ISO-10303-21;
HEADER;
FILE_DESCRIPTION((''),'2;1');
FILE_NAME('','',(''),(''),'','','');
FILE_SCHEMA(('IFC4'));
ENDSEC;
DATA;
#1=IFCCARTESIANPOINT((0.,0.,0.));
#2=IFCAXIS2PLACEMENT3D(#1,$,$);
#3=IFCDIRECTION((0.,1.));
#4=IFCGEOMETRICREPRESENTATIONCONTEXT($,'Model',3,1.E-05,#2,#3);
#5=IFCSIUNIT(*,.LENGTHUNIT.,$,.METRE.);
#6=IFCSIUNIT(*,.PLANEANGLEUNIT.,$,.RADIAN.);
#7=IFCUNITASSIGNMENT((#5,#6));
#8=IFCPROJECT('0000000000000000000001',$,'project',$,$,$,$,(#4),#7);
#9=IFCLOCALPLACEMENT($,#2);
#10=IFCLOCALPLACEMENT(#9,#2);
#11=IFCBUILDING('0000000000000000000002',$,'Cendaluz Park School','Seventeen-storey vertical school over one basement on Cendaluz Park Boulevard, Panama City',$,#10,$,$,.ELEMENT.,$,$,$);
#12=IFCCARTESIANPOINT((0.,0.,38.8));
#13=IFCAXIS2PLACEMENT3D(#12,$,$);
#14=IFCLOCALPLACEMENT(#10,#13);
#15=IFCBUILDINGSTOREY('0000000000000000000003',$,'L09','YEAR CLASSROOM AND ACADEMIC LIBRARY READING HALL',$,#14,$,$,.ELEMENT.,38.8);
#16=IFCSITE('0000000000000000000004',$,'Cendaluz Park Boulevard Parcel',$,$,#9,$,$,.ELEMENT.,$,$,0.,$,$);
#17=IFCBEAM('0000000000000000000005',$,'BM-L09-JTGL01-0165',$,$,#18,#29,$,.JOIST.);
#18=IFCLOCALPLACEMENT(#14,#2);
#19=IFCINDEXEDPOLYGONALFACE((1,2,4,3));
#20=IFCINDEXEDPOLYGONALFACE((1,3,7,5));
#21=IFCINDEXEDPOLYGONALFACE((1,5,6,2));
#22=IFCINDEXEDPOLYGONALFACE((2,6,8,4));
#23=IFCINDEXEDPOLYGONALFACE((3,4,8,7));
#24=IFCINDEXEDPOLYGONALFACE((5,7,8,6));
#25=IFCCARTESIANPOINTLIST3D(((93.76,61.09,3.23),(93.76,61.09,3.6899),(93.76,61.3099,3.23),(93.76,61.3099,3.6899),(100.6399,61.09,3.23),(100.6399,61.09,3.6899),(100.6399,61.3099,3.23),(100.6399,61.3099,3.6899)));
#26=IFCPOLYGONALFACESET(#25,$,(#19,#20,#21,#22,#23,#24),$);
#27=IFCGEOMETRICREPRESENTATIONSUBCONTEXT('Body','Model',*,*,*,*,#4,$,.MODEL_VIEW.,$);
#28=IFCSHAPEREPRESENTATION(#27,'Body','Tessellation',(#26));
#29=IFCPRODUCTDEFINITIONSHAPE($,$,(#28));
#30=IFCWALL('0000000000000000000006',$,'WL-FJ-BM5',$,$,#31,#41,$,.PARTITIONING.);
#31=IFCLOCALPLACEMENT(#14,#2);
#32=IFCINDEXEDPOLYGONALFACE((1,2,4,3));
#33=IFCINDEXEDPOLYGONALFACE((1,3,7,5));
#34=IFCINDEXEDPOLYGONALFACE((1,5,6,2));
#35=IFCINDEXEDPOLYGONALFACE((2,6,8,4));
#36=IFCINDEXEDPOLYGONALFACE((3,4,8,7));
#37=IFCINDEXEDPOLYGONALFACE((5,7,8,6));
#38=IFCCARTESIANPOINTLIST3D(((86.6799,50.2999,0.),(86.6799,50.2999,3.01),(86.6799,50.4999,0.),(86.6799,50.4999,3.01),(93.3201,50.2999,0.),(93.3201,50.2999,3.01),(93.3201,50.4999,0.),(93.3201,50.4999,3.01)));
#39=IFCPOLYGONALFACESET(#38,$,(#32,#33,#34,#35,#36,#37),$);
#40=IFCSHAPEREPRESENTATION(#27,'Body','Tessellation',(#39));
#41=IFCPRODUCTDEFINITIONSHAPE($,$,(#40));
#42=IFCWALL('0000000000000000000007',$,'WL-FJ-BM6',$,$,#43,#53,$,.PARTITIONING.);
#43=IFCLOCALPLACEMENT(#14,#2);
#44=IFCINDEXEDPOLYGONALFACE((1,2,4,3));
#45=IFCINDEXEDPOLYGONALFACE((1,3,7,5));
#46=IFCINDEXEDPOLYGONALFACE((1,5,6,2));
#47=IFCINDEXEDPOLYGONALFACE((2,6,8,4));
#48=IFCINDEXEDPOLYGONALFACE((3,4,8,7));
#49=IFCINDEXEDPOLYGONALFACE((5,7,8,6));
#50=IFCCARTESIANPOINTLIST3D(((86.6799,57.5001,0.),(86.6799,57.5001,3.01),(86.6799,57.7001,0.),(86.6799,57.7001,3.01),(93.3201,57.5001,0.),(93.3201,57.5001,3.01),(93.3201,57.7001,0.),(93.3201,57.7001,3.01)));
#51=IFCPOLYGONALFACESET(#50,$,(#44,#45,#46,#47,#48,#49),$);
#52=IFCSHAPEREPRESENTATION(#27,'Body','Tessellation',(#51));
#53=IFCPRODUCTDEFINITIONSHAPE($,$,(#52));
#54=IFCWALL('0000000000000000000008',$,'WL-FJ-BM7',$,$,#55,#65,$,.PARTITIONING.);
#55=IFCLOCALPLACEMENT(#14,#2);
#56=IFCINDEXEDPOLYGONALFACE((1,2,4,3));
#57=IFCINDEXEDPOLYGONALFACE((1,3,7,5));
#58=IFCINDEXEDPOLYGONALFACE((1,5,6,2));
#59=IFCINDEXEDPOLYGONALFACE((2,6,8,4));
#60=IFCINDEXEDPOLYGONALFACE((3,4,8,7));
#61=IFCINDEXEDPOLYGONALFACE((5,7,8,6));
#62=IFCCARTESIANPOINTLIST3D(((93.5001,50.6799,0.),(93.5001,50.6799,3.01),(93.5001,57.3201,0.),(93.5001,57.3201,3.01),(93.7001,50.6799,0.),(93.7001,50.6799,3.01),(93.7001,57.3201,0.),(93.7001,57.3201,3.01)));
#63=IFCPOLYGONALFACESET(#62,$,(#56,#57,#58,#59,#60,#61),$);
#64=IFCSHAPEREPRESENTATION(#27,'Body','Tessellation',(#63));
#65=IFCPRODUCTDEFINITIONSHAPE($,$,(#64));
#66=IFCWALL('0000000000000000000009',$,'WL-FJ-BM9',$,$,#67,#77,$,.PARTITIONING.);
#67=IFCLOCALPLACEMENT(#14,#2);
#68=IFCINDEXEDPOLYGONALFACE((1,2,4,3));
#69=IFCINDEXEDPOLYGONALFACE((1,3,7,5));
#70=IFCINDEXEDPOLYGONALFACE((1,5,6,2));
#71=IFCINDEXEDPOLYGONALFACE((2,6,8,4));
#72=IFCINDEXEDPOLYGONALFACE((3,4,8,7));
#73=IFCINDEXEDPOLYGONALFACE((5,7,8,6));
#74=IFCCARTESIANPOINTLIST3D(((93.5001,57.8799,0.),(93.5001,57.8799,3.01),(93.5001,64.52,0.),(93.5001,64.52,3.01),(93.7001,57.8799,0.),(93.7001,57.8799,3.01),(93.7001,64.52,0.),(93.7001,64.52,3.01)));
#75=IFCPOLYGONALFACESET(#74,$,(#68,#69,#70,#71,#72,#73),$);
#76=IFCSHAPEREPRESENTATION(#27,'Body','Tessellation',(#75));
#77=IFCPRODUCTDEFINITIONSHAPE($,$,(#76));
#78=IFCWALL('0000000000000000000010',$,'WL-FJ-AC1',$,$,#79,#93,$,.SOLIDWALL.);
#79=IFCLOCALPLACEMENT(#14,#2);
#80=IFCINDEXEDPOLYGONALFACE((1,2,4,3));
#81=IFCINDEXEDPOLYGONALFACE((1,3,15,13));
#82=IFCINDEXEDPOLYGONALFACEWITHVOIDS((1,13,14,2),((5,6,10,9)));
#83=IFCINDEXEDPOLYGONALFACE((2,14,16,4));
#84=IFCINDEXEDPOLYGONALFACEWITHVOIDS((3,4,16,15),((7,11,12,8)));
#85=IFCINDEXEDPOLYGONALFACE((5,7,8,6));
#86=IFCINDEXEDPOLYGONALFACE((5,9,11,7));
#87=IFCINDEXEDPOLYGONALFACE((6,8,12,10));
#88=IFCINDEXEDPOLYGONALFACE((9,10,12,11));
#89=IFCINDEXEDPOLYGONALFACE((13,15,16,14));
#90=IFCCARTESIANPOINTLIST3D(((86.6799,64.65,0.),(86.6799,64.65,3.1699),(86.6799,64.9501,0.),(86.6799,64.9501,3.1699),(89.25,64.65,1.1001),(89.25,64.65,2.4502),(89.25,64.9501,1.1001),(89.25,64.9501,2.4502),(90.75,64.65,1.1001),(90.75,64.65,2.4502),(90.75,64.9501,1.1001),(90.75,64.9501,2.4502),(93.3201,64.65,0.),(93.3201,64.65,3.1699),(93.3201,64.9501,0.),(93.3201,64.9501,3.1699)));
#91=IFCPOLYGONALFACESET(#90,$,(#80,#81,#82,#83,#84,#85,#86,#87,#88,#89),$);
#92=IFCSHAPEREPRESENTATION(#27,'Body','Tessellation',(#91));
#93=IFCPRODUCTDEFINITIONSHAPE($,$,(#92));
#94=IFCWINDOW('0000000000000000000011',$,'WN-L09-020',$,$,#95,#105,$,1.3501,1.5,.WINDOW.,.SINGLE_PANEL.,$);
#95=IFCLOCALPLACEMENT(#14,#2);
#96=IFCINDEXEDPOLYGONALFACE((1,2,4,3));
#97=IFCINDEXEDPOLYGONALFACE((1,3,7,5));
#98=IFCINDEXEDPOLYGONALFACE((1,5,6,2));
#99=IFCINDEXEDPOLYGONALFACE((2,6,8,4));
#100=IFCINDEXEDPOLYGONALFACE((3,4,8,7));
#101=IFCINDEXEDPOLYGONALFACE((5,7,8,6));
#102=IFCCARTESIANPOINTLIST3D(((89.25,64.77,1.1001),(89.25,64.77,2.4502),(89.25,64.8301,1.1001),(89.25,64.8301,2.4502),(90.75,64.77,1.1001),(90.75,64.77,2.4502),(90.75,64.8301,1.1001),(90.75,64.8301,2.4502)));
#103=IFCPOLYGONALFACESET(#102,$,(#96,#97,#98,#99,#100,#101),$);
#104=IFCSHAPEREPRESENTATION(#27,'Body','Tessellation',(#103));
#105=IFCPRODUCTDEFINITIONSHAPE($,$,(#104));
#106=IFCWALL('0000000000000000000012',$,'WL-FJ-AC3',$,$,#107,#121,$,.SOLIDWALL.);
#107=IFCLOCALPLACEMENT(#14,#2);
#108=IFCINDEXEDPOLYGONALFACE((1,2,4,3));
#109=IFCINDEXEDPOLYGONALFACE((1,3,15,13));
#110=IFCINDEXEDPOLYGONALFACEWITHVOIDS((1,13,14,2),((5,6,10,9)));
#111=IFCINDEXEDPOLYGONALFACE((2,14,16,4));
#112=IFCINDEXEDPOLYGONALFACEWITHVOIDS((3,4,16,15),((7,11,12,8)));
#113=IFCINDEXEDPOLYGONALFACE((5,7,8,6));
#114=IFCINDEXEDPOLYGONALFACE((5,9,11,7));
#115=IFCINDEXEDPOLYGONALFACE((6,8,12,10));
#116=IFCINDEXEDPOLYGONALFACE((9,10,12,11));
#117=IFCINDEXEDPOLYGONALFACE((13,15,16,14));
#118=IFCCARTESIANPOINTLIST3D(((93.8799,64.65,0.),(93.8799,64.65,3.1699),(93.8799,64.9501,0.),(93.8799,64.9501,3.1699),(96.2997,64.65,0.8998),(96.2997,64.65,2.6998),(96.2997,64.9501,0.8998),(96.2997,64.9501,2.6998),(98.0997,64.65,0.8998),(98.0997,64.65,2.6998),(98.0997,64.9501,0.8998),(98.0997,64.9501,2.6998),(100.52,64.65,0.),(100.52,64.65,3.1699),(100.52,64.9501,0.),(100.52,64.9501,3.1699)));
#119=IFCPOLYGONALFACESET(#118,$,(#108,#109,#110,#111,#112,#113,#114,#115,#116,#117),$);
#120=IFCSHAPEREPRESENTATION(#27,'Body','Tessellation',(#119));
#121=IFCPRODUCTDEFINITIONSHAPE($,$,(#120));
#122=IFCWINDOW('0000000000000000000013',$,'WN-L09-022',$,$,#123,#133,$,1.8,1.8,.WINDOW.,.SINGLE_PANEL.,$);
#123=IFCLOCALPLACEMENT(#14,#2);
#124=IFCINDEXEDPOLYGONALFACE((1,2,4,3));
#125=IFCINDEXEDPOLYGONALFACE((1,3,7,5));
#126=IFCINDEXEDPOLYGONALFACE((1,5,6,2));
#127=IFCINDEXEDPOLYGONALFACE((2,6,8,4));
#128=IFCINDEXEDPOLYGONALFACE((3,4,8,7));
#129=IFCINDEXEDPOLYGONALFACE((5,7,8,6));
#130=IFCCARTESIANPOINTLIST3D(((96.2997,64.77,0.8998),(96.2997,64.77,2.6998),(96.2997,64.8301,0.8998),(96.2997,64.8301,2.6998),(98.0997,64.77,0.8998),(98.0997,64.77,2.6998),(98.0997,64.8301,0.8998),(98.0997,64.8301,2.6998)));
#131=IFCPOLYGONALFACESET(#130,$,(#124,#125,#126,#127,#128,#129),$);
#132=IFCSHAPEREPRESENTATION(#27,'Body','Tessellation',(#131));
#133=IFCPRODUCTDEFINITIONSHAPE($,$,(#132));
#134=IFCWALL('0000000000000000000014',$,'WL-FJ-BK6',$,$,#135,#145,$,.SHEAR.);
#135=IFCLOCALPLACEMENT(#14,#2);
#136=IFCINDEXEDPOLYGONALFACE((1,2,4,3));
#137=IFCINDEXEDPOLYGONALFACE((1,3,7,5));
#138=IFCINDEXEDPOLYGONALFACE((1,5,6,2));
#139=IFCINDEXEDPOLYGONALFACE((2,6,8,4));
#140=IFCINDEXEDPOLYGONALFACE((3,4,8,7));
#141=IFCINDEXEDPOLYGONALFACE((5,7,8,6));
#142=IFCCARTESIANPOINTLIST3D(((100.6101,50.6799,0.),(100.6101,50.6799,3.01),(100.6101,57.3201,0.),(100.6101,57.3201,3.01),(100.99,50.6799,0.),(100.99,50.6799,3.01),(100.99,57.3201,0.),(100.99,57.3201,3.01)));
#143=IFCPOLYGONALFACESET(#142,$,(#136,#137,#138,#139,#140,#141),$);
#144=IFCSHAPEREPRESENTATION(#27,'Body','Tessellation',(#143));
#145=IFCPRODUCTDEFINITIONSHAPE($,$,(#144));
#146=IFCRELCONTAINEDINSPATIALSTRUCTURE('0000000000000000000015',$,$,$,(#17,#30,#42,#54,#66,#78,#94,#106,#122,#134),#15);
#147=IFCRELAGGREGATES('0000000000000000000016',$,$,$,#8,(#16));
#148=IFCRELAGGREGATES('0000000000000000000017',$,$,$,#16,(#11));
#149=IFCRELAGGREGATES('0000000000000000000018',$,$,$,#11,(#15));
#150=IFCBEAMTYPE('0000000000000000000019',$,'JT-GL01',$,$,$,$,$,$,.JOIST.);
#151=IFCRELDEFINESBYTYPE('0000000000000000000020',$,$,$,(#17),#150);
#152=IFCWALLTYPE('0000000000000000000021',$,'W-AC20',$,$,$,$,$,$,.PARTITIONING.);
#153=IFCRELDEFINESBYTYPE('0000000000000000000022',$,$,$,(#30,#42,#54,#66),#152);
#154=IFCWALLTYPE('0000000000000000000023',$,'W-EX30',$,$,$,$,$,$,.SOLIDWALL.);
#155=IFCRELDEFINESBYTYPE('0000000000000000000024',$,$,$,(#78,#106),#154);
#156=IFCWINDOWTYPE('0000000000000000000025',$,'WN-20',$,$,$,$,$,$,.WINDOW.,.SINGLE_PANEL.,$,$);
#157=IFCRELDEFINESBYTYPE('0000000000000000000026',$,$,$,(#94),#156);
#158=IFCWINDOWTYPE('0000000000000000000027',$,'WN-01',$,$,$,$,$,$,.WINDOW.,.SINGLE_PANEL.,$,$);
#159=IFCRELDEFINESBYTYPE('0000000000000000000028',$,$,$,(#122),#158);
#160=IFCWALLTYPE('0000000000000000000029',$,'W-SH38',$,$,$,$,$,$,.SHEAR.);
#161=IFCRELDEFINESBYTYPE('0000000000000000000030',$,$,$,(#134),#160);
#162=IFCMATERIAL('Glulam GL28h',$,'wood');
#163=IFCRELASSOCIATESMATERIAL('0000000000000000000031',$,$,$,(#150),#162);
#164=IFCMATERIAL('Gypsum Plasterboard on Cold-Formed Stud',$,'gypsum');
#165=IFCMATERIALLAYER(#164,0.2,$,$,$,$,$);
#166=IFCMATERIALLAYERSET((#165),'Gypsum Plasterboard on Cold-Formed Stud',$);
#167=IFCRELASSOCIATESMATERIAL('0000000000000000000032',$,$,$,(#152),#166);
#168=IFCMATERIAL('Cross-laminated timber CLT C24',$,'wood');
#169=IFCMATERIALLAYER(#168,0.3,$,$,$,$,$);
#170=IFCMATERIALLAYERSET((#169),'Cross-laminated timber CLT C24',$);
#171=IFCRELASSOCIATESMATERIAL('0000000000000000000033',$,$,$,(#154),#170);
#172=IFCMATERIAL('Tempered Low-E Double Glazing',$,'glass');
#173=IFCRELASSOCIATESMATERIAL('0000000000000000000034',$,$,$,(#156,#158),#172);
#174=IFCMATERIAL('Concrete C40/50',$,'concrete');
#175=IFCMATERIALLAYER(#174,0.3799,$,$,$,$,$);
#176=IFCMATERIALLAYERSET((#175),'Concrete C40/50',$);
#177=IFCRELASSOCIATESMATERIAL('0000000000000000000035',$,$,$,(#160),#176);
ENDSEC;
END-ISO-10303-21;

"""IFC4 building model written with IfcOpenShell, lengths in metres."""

from ifc_helpers import new_model, si_unit, direction, frame, frame_2d, origin, origin_2d, place, context, subcontext, project, spatial, rectangle, extrude, material, layer, layer_set, material_profile, profile_set, type_object, element, fill, save


model = new_model("IFC4")

# Units and contexts
model_context = context("Model", 3, precision=1e-05, world=origin(), true_north=direction((0.0, 1.0)))
body_context = subcontext(model_context, "Body", "Model", "MODEL_VIEW")
ifc_project = project(units=[si_unit("LENGTHUNIT", "METRE"), si_unit("PLANEANGLEUNIT", "RADIAN")], contexts=[model_context])

# Site, building, storey
site_placement = place(None, origin())
site = spatial("IfcSite", under=ifc_project, at=site_placement, Name="Cendaluz Park Boulevard Parcel", CompositionType="ELEMENT", RefElevation=0.0)
building_placement = place(site_placement, origin())
building = spatial("IfcBuilding", under=site, at=building_placement, Name="Cendaluz Park School", Description="Seventeen-storey vertical school over one basement on Cendaluz Park Boulevard, Panama City", CompositionType="ELEMENT")
storey_placement = place(building_placement, frame((0.0, 0.0, 38.8)))
storey = spatial("IfcBuildingStorey", under=building, at=storey_placement, Name="L09", Description="YEAR CLASSROOM AND ACADEMIC LIBRARY READING HALL", CompositionType="ELEMENT", Elevation=38.8)

# Beam
ifc_material_1 = material(Name="Glulam GL28h", Category="wood")
ifc_material_profile_1 = material_profile(ifc_material_1, rectangle(XDim=0.22, YDim=0.46, at=origin_2d()), Name="GL28h 220x460", Category="wood")
ifc_profile_set_1 = profile_set([ifc_material_profile_1], Name="Glulam GL28h")
beam_type_1 = type_object("IfcBeamType", Name="JT-GL01", PredefinedType="JOIST", material=ifc_profile_set_1)
beam_placement = place(storey_placement, frame((93.76, 61.2, 3.46), z_axis=(1.0, 0.0, 0.0), x_axis=(0.0, 1.0, 0.0)))
element("IfcBeam", 1, at=beam_placement, inside=storey, type_object=beam_type_1, Name="BM-L09-JTGL01-0165", PredefinedType="JOIST", context=body_context, shape_type="SweptSolid", body=[
    extrude(rectangle(XDim=0.22, YDim=0.46, at=origin_2d()), origin(), (0.0, 0.0, 1.0), 6.8799),
])

# Walls
ifc_material_2 = material(Name="Gypsum Plasterboard on Cold-Formed Stud", Category="gypsum")
ifc_layer_1 = layer(ifc_material_2, 0.2)
ifc_layer_set_1 = layer_set([ifc_layer_1], Name="Gypsum Plasterboard on Cold-Formed Stud")
wall_type_1 = type_object("IfcWallType", Name="W-AC20", PredefinedType="PARTITIONING", material=ifc_layer_set_1)
for number, where, z_axis, x_axis, name in (
    (2, (86.6799, 50.3999, 0.0), (0.0, 0.0, 1.0), (1.0, 0.0, 0.0), "WL-FJ-BM5"),
    (3, (86.6799, 57.6001, 0.0), (0.0, 0.0, 1.0), (1.0, 0.0, 0.0), "WL-FJ-BM6"),
    (4, (93.6001, 50.6799, 0.0), (0.0, 0.0, 1.0), (0.0, 1.0, 0.0), "WL-FJ-BM7"),
    (5, (93.6001, 57.8799, 0.0), (0.0, 0.0, 1.0), (0.0, 1.0, 0.0), "WL-FJ-BM9"),
):
    element("IfcWall", number, at=place(storey_placement, frame(where, z_axis=z_axis, x_axis=x_axis)), inside=storey, type_object=wall_type_1, Name=name, PredefinedType="PARTITIONING", context=body_context, shape_type="SweptSolid", body=[
        extrude(rectangle(XDim=6.6401, YDim=0.2, at=frame_2d((3.3201, 0.0))), origin(), (0.0, 0.0, 1.0), 3.01),
    ])

# Walls, openings, windows
ifc_material_3 = material(Name="Cross-laminated timber CLT C24", Category="wood")
ifc_layer_2 = layer(ifc_material_3, 0.3)
ifc_layer_set_2 = layer_set([ifc_layer_2], Name="Cross-laminated timber CLT C24")
wall_type_2 = type_object("IfcWallType", Name="W-EX30", PredefinedType="SOLIDWALL", material=ifc_layer_set_2)
wall_1_placement = place(storey_placement, frame((86.6799, 64.8, 0.0), z_axis=(0.0, 0.0, 1.0), x_axis=(1.0, 0.0, 0.0)))
wall_1 = element("IfcWall", 6, at=wall_1_placement, inside=storey, type_object=wall_type_2, Name="WL-FJ-AC1", PredefinedType="SOLIDWALL", context=body_context, shape_type="SweptSolid", body=[
    extrude(rectangle(XDim=6.6401, YDim=0.3, at=frame_2d((3.3201, 0.0))), origin(), (0.0, 0.0, 1.0), 3.1699),
])
opening_1_placement = place(wall_1_placement, frame((2.5701, 0.0, 1.1001)))
opening_1 = element("IfcOpeningElement", 7, at=opening_1_placement, cuts=wall_1, PredefinedType="OPENING", context=body_context, shape_type="SweptSolid", body=[
    extrude(rectangle(XDim=1.5, YDim=1.3501, at=frame_2d((0.75, 0.675))), frame((0.0, 0.1621, 0.0), z_axis=(0.0, -1.0, 0.0), x_axis=(1.0, 0.0, 0.0)), (0.0, 0.0, 1.0), 0.324),
])
ifc_material_4 = material(Name="Tempered Low-E Double Glazing", Category="glass")
window_type_1 = type_object("IfcWindowType", Name="WN-20", PartitioningType="SINGLE_PANEL", PredefinedType="WINDOW", material=ifc_material_4)
window_1_placement = place(opening_1_placement, origin())
window_1 = element("IfcWindow", 8, at=window_1_placement, inside=storey, type_object=window_type_1, Name="WN-L09-020", OverallHeight=1.3501, OverallWidth=1.5, PartitioningType="SINGLE_PANEL", PredefinedType="WINDOW", context=body_context, shape_type="SweptSolid", body=[
    extrude(rectangle(XDim=1.5, YDim=1.3501, at=frame_2d((0.75, 0.675))), frame((0.0, 0.03, 0.0), z_axis=(0.0, -1.0, 0.0), x_axis=(1.0, 0.0, 0.0)), (0.0, 0.0, 1.0), 0.0601),
])
fill(opening_1, window_1)
wall_2_placement = place(storey_placement, frame((93.8799, 64.8, 0.0), z_axis=(0.0, 0.0, 1.0), x_axis=(1.0, 0.0, 0.0)))
wall_2 = element("IfcWall", 9, at=wall_2_placement, inside=storey, type_object=wall_type_2, Name="WL-FJ-AC3", PredefinedType="SOLIDWALL", context=body_context, shape_type="SweptSolid", body=[
    extrude(rectangle(XDim=6.6401, YDim=0.3, at=frame_2d((3.3201, 0.0))), origin(), (0.0, 0.0, 1.0), 3.1699),
])
opening_2_placement = place(wall_2_placement, frame((2.4199, 0.0, 0.8999)))
opening_2 = element("IfcOpeningElement", 10, at=opening_2_placement, cuts=wall_2, PredefinedType="OPENING", context=body_context, shape_type="SweptSolid", body=[
    extrude(rectangle(XDim=1.8, YDim=1.8, at=frame_2d((0.8999, 0.8999))), frame((0.0, 0.1621, 0.0), z_axis=(0.0, -1.0, 0.0), x_axis=(1.0, 0.0, 0.0)), (0.0, 0.0, 1.0), 0.324),
])
window_type_2 = type_object("IfcWindowType", Name="WN-01", PartitioningType="SINGLE_PANEL", PredefinedType="WINDOW", material=ifc_material_4)
window_2_placement = place(opening_2_placement, origin())
window_2 = element("IfcWindow", 11, at=window_2_placement, inside=storey, type_object=window_type_2, Name="WN-L09-022", OverallHeight=1.8, OverallWidth=1.8, PartitioningType="SINGLE_PANEL", PredefinedType="WINDOW", context=body_context, shape_type="SweptSolid", body=[
    extrude(rectangle(XDim=1.8, YDim=1.8, at=frame_2d((0.8999, 0.8999))), frame((0.0, 0.03, 0.0), z_axis=(0.0, -1.0, 0.0), x_axis=(1.0, 0.0, 0.0)), (0.0, 0.0, 1.0), 0.0601),
])
fill(opening_2, window_2)

# Wall
ifc_material_5 = material(Name="Concrete C40/50", Category="concrete")
ifc_layer_3 = layer(ifc_material_5, 0.3799)
ifc_layer_set_3 = layer_set([ifc_layer_3], Name="Concrete C40/50")
wall_type_3 = type_object("IfcWallType", Name="W-SH38", PredefinedType="SHEAR", material=ifc_layer_set_3)
wall_3_placement = place(storey_placement, frame((100.8, 50.6799, 0.0), z_axis=(0.0, 0.0, 1.0), x_axis=(0.0, 1.0, 0.0)))
element("IfcWall", 12, at=wall_3_placement, inside=storey, type_object=wall_type_3, Name="WL-FJ-BK6", PredefinedType="SHEAR", context=body_context, shape_type="SweptSolid", body=[
    extrude(rectangle(XDim=6.6401, YDim=0.3799, at=frame_2d((3.3201, 0.0))), origin(), (0.0, 0.0, 1.0), 3.01),
])

save(model, "model.ifc")
